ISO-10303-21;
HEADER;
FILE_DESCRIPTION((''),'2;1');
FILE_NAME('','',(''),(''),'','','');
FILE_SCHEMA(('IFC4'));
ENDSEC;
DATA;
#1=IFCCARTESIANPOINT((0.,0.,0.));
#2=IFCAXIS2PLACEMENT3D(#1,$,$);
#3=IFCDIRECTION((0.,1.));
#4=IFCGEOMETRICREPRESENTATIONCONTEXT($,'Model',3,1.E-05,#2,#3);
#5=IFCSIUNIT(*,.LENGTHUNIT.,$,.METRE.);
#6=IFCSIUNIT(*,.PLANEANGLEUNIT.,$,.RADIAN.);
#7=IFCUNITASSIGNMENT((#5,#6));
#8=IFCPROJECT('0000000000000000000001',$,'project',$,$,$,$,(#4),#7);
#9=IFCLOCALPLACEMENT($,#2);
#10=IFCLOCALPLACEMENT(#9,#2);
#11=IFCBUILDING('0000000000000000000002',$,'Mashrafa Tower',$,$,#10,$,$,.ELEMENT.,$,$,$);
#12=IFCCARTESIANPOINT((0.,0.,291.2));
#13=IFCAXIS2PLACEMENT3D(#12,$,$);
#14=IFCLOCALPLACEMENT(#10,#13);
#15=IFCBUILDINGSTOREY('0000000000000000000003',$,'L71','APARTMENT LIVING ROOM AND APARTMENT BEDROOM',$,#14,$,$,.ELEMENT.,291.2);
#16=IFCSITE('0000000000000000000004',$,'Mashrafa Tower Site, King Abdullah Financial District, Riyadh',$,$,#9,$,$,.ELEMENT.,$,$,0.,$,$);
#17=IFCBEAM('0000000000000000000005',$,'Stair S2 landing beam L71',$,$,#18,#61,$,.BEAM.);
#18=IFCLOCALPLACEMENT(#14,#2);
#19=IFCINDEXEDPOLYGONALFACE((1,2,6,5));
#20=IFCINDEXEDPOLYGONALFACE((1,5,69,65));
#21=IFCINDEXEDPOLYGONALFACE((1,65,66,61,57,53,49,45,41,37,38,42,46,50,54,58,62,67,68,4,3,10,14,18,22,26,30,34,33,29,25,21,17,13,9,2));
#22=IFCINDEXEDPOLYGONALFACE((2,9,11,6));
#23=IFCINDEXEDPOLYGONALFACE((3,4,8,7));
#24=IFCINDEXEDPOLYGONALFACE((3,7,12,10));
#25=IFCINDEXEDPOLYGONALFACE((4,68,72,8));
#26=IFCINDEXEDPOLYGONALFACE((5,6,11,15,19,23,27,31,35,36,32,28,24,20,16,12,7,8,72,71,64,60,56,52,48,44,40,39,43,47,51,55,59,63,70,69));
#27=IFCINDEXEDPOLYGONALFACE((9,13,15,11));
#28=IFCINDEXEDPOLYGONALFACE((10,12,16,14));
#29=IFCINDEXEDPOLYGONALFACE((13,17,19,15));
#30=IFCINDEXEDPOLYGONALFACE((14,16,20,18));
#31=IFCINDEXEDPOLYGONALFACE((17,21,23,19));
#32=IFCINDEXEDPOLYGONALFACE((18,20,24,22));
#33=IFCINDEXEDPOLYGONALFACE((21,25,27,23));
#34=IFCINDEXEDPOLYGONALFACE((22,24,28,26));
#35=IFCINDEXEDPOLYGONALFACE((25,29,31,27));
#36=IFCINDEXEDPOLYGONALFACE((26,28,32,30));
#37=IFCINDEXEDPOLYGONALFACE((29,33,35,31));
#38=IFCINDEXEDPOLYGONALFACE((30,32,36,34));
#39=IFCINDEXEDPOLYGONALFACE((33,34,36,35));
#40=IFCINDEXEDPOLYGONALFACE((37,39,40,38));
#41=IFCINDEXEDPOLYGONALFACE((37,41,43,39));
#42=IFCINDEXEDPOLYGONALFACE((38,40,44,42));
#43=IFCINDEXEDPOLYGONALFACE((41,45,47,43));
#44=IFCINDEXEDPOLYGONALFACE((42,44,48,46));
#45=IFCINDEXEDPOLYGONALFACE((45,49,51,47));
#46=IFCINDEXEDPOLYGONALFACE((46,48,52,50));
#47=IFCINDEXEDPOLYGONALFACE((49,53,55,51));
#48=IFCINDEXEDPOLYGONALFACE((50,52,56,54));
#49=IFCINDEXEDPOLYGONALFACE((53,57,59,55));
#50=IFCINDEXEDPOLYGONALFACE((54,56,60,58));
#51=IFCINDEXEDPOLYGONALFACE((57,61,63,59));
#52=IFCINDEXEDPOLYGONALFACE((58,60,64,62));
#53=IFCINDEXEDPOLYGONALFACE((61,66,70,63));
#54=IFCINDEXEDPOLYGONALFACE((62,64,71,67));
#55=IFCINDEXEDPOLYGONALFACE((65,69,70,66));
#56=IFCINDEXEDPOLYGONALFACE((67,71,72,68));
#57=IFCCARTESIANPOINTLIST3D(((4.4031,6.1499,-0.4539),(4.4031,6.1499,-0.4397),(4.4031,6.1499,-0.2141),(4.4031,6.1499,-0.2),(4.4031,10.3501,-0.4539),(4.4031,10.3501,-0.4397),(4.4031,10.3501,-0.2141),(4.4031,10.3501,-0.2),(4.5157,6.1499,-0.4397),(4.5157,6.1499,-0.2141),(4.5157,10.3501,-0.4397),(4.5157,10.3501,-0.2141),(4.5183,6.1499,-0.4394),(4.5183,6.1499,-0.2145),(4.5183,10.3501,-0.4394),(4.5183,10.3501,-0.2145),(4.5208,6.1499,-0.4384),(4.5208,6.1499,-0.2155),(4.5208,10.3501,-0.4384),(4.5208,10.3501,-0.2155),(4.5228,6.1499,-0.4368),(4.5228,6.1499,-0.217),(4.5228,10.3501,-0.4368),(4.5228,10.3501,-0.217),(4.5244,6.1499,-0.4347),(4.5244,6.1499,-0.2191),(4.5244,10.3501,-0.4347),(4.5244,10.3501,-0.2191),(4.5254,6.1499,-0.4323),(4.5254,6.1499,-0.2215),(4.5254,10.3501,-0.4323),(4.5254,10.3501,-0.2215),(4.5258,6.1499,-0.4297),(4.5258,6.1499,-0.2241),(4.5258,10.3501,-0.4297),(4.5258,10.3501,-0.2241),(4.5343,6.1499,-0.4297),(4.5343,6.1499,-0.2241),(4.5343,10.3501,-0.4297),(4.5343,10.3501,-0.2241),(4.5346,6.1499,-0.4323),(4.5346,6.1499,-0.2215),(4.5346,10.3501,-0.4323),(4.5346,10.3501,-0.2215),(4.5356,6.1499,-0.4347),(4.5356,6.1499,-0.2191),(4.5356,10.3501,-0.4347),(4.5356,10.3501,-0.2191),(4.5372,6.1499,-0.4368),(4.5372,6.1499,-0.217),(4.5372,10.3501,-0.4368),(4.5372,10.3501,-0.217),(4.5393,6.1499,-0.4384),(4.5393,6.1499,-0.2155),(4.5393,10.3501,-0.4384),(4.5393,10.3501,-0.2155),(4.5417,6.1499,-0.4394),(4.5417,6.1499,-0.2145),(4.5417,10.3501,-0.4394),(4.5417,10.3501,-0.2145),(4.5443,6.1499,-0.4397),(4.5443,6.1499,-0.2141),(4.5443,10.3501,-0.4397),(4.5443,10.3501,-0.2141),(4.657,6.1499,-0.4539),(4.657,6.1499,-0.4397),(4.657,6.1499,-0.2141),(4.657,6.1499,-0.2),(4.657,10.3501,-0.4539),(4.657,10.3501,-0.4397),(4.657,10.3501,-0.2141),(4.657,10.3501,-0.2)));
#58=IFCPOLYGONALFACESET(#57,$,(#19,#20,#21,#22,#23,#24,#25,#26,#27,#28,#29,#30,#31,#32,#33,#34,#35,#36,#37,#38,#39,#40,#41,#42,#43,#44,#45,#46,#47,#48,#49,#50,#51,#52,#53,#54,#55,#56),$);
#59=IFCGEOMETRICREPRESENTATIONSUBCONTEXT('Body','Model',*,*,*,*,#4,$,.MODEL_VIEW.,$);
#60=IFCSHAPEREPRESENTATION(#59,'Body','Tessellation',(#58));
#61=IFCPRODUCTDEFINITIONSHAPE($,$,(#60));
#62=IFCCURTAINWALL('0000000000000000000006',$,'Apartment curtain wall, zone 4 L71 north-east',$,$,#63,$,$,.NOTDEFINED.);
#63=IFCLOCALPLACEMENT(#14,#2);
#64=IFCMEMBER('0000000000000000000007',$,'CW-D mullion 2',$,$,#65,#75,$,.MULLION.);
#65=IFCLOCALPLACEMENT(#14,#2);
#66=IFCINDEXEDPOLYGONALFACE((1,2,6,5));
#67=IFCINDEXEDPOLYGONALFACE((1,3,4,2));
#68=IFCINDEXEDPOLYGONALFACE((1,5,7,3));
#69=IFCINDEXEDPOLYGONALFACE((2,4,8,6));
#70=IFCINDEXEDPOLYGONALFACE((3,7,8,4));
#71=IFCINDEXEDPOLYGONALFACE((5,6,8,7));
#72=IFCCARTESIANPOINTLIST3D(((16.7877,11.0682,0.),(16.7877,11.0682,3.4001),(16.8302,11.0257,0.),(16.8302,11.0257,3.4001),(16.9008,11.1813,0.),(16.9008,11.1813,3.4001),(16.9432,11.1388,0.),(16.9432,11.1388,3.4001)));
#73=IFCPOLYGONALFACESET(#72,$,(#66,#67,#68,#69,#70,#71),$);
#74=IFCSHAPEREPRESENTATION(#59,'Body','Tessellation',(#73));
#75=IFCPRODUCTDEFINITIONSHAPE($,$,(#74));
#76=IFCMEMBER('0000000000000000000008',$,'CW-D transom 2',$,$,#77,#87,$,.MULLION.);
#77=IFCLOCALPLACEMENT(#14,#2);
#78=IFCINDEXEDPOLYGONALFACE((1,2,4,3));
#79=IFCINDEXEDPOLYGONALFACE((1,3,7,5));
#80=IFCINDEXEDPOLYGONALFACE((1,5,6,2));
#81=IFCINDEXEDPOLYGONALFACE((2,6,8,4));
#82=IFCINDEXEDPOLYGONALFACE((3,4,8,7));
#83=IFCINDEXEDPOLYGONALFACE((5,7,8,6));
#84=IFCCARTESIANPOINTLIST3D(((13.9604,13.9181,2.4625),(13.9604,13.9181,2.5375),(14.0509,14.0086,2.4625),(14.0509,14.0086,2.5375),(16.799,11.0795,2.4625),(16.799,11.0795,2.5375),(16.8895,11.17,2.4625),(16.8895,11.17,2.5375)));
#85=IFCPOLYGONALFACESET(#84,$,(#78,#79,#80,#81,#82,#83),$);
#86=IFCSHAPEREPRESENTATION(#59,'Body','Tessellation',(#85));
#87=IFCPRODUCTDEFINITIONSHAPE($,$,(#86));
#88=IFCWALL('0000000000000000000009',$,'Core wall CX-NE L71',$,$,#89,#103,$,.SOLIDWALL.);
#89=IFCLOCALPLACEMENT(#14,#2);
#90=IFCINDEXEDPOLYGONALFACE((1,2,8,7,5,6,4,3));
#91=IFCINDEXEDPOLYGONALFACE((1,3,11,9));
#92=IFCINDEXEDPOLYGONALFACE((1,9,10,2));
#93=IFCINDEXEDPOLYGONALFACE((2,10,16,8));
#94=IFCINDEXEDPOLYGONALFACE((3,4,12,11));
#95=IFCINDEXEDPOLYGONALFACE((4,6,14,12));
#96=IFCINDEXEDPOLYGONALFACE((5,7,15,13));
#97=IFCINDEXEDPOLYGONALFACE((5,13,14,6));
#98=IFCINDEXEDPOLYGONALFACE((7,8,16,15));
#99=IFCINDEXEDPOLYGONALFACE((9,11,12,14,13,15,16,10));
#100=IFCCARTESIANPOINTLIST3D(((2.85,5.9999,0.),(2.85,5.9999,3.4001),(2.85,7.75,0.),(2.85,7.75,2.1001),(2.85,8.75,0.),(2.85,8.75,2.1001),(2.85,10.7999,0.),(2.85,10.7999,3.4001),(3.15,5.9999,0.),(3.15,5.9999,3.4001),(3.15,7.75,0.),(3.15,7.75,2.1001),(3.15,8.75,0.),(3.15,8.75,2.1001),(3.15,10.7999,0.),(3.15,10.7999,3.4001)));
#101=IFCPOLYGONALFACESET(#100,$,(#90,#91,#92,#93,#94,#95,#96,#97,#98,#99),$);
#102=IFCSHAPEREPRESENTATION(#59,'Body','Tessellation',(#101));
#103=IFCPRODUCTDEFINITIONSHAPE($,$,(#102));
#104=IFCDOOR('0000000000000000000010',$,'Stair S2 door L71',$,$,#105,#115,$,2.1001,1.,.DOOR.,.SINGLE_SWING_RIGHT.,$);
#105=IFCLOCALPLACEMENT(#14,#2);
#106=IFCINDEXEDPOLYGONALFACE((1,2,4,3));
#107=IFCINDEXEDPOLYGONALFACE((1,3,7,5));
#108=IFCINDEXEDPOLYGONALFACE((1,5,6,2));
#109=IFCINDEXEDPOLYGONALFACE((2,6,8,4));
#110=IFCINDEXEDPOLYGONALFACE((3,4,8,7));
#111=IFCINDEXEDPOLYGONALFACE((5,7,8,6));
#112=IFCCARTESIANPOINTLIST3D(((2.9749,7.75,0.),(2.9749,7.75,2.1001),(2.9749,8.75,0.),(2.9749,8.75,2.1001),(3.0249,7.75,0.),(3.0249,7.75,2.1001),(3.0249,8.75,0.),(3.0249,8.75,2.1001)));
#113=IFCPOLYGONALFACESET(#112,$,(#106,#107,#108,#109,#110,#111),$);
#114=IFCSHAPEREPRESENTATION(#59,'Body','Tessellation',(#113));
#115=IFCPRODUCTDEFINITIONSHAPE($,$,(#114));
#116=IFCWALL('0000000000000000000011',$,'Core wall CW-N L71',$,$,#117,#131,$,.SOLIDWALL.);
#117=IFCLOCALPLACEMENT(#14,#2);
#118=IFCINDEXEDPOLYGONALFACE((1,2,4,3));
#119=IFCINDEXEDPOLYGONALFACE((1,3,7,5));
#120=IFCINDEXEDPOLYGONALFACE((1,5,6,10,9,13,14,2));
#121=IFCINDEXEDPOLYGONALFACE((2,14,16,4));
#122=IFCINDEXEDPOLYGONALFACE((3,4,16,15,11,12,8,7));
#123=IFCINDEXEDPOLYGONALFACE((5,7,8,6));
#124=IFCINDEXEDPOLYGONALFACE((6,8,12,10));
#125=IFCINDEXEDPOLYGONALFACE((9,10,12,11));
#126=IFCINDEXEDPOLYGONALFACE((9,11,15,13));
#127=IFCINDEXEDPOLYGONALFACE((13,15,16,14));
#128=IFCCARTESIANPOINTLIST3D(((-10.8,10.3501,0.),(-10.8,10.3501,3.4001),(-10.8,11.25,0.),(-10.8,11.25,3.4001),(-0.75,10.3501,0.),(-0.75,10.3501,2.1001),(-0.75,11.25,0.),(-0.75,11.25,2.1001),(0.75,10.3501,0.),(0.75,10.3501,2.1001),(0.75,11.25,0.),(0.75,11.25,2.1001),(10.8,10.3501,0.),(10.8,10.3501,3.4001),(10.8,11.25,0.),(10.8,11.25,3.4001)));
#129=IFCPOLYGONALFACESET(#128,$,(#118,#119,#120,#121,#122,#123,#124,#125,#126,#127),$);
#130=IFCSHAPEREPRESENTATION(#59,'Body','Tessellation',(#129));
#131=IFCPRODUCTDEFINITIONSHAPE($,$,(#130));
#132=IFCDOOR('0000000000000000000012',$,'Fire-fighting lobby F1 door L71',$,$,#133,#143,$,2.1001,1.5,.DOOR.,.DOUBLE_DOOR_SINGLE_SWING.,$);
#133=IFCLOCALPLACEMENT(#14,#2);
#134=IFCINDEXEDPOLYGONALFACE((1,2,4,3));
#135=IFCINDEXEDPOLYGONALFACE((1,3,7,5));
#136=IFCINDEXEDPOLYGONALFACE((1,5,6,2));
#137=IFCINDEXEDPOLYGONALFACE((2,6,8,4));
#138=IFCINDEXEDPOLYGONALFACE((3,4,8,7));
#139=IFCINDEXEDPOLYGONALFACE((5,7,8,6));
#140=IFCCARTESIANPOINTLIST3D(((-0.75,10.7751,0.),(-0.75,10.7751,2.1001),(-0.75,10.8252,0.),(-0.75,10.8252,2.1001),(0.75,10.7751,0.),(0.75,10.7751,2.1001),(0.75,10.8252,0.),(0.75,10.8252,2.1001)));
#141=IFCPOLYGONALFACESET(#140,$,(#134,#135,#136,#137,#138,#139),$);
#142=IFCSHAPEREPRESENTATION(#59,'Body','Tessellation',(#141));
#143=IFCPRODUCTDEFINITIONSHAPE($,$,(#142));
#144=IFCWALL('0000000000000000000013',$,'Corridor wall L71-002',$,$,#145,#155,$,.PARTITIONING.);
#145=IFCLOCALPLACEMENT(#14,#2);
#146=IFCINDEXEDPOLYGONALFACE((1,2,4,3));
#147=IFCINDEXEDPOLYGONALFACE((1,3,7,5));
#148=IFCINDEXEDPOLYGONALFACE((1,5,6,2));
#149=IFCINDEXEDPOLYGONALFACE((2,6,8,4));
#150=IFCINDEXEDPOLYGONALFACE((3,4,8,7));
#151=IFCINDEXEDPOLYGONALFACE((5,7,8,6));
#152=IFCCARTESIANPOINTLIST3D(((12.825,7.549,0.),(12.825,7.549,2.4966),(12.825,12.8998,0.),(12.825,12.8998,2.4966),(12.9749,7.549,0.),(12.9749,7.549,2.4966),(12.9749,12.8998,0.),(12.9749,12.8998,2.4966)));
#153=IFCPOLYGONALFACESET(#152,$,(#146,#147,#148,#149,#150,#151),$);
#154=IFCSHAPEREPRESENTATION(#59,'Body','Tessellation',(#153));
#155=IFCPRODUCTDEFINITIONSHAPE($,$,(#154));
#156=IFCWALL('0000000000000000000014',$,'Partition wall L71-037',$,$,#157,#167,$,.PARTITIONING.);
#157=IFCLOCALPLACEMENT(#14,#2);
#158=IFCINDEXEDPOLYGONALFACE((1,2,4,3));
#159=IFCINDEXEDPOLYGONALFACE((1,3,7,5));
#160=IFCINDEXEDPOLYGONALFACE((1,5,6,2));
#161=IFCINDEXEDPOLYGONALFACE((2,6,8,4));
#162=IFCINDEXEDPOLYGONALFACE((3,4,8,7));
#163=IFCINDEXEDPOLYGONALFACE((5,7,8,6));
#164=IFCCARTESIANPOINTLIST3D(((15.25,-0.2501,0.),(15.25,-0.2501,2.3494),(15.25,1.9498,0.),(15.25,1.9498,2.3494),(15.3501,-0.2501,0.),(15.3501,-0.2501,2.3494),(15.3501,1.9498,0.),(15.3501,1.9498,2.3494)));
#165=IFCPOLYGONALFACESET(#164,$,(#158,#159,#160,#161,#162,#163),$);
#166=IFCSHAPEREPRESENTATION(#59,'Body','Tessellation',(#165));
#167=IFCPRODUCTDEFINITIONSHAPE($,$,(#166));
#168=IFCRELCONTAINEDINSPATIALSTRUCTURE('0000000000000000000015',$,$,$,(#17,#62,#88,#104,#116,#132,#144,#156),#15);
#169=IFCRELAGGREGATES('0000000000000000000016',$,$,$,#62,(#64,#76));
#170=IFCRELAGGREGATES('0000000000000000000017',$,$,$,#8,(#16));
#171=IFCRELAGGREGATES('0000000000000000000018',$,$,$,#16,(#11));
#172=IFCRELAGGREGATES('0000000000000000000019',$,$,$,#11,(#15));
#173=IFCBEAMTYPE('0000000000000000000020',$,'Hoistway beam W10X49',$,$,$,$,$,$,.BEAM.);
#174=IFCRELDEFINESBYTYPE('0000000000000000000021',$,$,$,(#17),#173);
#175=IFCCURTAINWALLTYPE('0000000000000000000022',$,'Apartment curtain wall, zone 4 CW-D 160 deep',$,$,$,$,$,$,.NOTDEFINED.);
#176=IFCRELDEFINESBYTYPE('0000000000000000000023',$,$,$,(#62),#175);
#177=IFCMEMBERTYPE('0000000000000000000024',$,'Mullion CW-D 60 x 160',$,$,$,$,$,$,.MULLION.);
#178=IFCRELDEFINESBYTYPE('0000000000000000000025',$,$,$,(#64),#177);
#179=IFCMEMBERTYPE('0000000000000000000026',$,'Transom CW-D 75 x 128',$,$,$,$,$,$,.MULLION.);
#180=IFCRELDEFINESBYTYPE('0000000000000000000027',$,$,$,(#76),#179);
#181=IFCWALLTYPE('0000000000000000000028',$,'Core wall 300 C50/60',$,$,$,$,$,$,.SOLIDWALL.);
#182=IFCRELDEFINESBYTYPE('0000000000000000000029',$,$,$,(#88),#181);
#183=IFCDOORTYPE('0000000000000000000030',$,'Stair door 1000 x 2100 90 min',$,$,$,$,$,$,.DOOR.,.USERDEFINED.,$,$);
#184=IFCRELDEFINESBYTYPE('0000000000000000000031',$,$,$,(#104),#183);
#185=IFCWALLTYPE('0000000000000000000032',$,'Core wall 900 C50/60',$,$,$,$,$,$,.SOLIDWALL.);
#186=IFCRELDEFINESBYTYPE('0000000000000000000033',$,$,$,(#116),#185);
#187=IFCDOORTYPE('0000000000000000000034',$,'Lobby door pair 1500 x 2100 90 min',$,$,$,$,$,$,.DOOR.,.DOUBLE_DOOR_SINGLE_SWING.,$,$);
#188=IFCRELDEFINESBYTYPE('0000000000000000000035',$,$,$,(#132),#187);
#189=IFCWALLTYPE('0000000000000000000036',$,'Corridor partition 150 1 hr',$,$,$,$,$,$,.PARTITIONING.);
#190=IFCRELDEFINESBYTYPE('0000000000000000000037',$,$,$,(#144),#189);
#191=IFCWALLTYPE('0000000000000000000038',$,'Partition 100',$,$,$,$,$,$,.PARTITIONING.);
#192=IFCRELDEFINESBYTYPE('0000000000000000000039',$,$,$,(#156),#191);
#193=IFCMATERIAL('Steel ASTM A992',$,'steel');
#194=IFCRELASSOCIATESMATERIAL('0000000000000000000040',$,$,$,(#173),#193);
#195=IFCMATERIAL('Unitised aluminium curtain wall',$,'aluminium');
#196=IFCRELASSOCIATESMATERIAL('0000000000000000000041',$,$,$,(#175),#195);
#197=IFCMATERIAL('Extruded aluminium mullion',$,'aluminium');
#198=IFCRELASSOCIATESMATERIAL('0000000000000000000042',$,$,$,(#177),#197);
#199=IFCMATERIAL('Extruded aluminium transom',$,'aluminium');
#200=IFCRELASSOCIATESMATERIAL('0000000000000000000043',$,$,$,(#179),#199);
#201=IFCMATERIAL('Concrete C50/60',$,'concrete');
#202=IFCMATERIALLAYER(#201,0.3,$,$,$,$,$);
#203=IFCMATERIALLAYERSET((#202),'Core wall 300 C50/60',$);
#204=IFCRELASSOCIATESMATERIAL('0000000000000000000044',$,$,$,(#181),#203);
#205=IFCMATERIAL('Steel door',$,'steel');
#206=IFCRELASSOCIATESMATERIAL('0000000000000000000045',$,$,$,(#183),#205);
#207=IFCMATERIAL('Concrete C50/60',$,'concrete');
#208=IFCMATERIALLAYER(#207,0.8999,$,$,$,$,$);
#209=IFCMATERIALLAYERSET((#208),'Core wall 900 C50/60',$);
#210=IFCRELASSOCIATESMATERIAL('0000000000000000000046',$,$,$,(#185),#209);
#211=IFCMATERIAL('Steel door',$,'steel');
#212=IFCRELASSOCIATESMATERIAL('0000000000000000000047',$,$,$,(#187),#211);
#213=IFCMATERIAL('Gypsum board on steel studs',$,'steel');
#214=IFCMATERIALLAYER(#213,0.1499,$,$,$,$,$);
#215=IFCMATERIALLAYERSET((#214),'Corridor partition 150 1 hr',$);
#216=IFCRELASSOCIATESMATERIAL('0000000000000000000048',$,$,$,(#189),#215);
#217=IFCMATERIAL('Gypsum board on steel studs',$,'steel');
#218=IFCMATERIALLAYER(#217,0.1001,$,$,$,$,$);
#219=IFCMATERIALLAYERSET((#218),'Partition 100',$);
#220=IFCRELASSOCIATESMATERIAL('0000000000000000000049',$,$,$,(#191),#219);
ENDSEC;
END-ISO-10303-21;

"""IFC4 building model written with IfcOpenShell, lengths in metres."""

from ifc_helpers import new_model, si_unit, direction, frame, frame_2d, origin, origin_2d, place, context, subcontext, project, spatial, rectangle, i_section, extrude, source, transform, mapped, material, layer, layer_set, material_profile, profile_set, type_object, type_shapes, element, fill, aggregate, save


model = new_model("IFC4")

# Units and contexts
model_context = context("Model", 3, precision=1e-05, world=origin(), true_north=direction((0.0, 1.0)))
body_context = subcontext(model_context, "Body", "Model", "MODEL_VIEW")
ifc_project = project(units=[si_unit("LENGTHUNIT", "METRE"), si_unit("PLANEANGLEUNIT", "RADIAN")], contexts=[model_context])

# Site, building, storey
site_placement = place(None, origin())
site = spatial("IfcSite", under=ifc_project, at=site_placement, Name="Mashrafa Tower Site, King Abdullah Financial District, Riyadh", CompositionType="ELEMENT", RefElevation=0.0)
building_placement = place(site_placement, origin())
building = spatial("IfcBuilding", under=site, at=building_placement, Name="Mashrafa Tower", CompositionType="ELEMENT")
storey_placement = place(building_placement, frame((0.0, 0.0, 291.2)))
storey = spatial("IfcBuildingStorey", under=building, at=storey_placement, Name="L71", Description="APARTMENT LIVING ROOM AND APARTMENT BEDROOM", CompositionType="ELEMENT", Elevation=291.2)

# Beam
ifc_material_1 = material(Name="Steel ASTM A992", Category="steel")
ifc_material_profile_1 = material_profile(ifc_material_1, i_section(OverallWidth=0.2539, OverallDepth=0.2539, WebThickness=0.0085, FlangeThickness=0.0142, FilletRadius=0.01, at=origin_2d()), Name="W10X49")
ifc_profile_set_1 = profile_set([ifc_material_profile_1], Name="Steel ASTM A992")
beam_type_1 = type_object("IfcBeamType", Name="Hoistway beam W10X49", PredefinedType="BEAM", material=ifc_profile_set_1)
beam_1_placement = place(storey_placement, frame((4.53, 6.1499, -0.3269), z_axis=(0.0, 1.0, 0.0), x_axis=(-1.0, 0.0, 0.0)))
element("IfcBeam", 1, at=beam_1_placement, inside=storey, type_object=beam_type_1, Name="Stair S2 landing beam L71", PredefinedType="BEAM", context=body_context, shape_type="SweptSolid", body=[
    extrude(i_section(OverallWidth=0.2539, OverallDepth=0.2539, WebThickness=0.0085, FlangeThickness=0.0142, FilletRadius=0.01, at=origin_2d()), origin(), (0.0, 0.0, 1.0), 4.2002),
])

# Curtain wall, members
ifc_material_2 = material(Name="Unitised aluminium curtain wall", Category="aluminium")
curtain_wall_type = type_object("IfcCurtainWallType", Name="Apartment curtain wall, zone 4 CW-D 160 deep", PredefinedType="NOTDEFINED", material=ifc_material_2)
curtain_wall_placement = place(storey_placement, origin())
curtain_wall = element("IfcCurtainWall", 2, at=curtain_wall_placement, inside=storey, type_object=curtain_wall_type, Name="Apartment curtain wall, zone 4 L71 north-east", PredefinedType="NOTDEFINED")
ifc_material_3 = material(Name="Extruded aluminium mullion", Category="aluminium")
ifc_material_profile_2 = material_profile(ifc_material_3, rectangle(XDim=0.1599, YDim=0.0601, at=origin_2d()), Name="Mullion 60x160")
ifc_profile_set_2 = profile_set([ifc_material_profile_2], Name="Extruded aluminium mullion")
member_type_1 = type_object("IfcMemberType", Name="Mullion CW-D 60 x 160", PredefinedType="MULLION", material=ifc_profile_set_2)
shared_shape_1 = source(origin(), body_context, "Body", "SweptSolid", [
    extrude(rectangle(XDim=0.1599, YDim=0.0601, at=origin_2d()), origin(), (0.0, 0.0, 1.0), 3.4001),
])
type_shapes(member_type_1, [shared_shape_1])
member_1_placement = place(storey_placement, frame((16.8655, 11.1035, 0.0), z_axis=(0.0, 0.0, 1.0), x_axis=(-0.707107, -0.707107, 0.0)))
member_1 = element("IfcMember", 3, at=member_1_placement, type_object=member_type_1, Name="CW-D mullion 2", PredefinedType="MULLION", context=body_context, shape_type="MappedRepresentation", body=[
    mapped(shared_shape_1, transform((0.0, 0.0, 0.0))),
])
ifc_material_4 = material(Name="Extruded aluminium transom", Category="aluminium")
ifc_material_profile_3 = material_profile(ifc_material_4, rectangle(XDim=0.1279, YDim=0.075, at=origin_2d()), Name="Transom 75x128")
ifc_profile_set_3 = profile_set([ifc_material_profile_3], Name="Extruded aluminium transom")
member_type_2 = type_object("IfcMemberType", Name="Transom CW-D 75 x 128", PredefinedType="MULLION", material=ifc_profile_set_3)
shared_shape_2 = source(origin(), body_context, "Body", "SweptSolid", [
    extrude(rectangle(XDim=0.1279, YDim=0.075, at=origin_2d()), origin(), (0.0, 0.0, 1.0), 4.0144),
])
type_shapes(member_type_2, [shared_shape_2])
member_2_placement = place(storey_placement, frame((16.8442, 11.1248, 2.5), z_axis=(-0.707107, 0.707107, 0.0), x_axis=(-0.707107, -0.707107, 0.0)))
member_2 = element("IfcMember", 4, at=member_2_placement, type_object=member_type_2, Name="CW-D transom 2", PredefinedType="MULLION", context=body_context, shape_type="MappedRepresentation", body=[
    mapped(shared_shape_2, transform((0.0, 0.0, 0.0))),
])
aggregate(curtain_wall, [member_1, member_2])

# Walls, openings, doors
ifc_material_5 = material(Name="Concrete C50/60", Category="concrete")
ifc_layer_1 = layer(ifc_material_5, 0.3)
ifc_layer_set_1 = layer_set([ifc_layer_1], Name="Core wall 300 C50/60")
wall_type_1 = type_object("IfcWallType", Name="Core wall 300 C50/60", PredefinedType="SOLIDWALL", material=ifc_layer_set_1)
wall_1_placement = place(storey_placement, frame((3.0, 6.0, 0.0), z_axis=(0.0, 0.0, 1.0), x_axis=(0.0, 1.0, 0.0)))
wall_1 = element("IfcWall", 5, at=wall_1_placement, inside=storey, type_object=wall_type_1, Name="Core wall CX-NE L71", PredefinedType="SOLIDWALL", context=body_context, shape_type="SweptSolid", body=[
    extrude(rectangle(XDim=4.8, YDim=0.3, at=frame_2d((2.3999, 0.0))), origin(), (0.0, 0.0, 1.0), 3.4001),
])
opening_1_placement = place(wall_1_placement, frame((1.75, 0.0, 0.0)))
opening_1 = element("IfcOpeningElement", 6, at=opening_1_placement, cuts=wall_1, PredefinedType="OPENING", context=body_context, shape_type="SweptSolid", body=[
    extrude(rectangle(XDim=1.0, YDim=2.1001, at=frame_2d((0.5, 1.05))), frame((0.0, 0.1599, 0.0), z_axis=(0.0, -1.0, 0.0), x_axis=(1.0, 0.0, 0.0)), (0.0, 0.0, 1.0), 0.3201),
])
ifc_material_6 = material(Name="Steel door", Category="steel")
door_type_1 = type_object("IfcDoorType", Name="Stair door 1000 x 2100 90 min", OperationType="USERDEFINED", PredefinedType="DOOR", material=ifc_material_6)
door_1_placement = place(opening_1_placement, frame((1.0, 0.0, 0.0), z_axis=(0.0, 0.0, 1.0), x_axis=(-1.0, 0.0, 0.0)))
door_1 = element("IfcDoor", 7, at=door_1_placement, inside=storey, type_object=door_type_1, Name="Stair S2 door L71", OperationType="SINGLE_SWING_RIGHT", OverallHeight=2.1001, OverallWidth=1.0, PredefinedType="DOOR", context=body_context, shape_type="SweptSolid", body=[
    extrude(rectangle(XDim=1.0, YDim=2.1001, at=frame_2d((0.5, 1.05))), frame((0.0, 0.0249, 0.0), z_axis=(0.0, -1.0, 0.0), x_axis=(1.0, 0.0, 0.0)), (0.0, 0.0, 1.0), 0.05),
])
fill(opening_1, door_1)
ifc_material_7 = material(Name="Concrete C50/60", Category="concrete")
ifc_layer_2 = layer(ifc_material_7, 0.8999)
ifc_layer_set_2 = layer_set([ifc_layer_2], Name="Core wall 900 C50/60")
wall_type_2 = type_object("IfcWallType", Name="Core wall 900 C50/60", PredefinedType="SOLIDWALL", material=ifc_layer_set_2)
wall_2_placement = place(storey_placement, frame((10.8, 10.8, 0.0), z_axis=(0.0, 0.0, 1.0), x_axis=(-1.0, 0.0, 0.0)))
wall_2 = element("IfcWall", 8, at=wall_2_placement, inside=storey, type_object=wall_type_2, Name="Core wall CW-N L71", PredefinedType="SOLIDWALL", context=body_context, shape_type="SweptSolid", body=[
    extrude(rectangle(XDim=21.6001, YDim=0.8999, at=frame_2d((10.8, 0.0))), origin(), (0.0, 0.0, 1.0), 3.4001),
])
opening_2_placement = place(wall_2_placement, frame((10.05, 0.0, 0.0)))
opening_2 = element("IfcOpeningElement", 9, at=opening_2_placement, cuts=wall_2, PredefinedType="OPENING", context=body_context, shape_type="SweptSolid", body=[
    extrude(rectangle(XDim=1.5, YDim=2.1001, at=frame_2d((0.75, 1.05))), frame((0.0, 0.46, 0.0), z_axis=(0.0, -1.0, 0.0), x_axis=(1.0, 0.0, 0.0)), (0.0, 0.0, 1.0), 0.9199),
])
ifc_material_8 = material(Name="Steel door", Category="steel")
door_type_2 = type_object("IfcDoorType", Name="Lobby door pair 1500 x 2100 90 min", OperationType="DOUBLE_DOOR_SINGLE_SWING", PredefinedType="DOOR", material=ifc_material_8)
door_2_placement = place(opening_2_placement, origin())
door_2 = element("IfcDoor", 10, at=door_2_placement, inside=storey, type_object=door_type_2, Name="Fire-fighting lobby F1 door L71", OperationType="DOUBLE_DOOR_SINGLE_SWING", OverallHeight=2.1001, OverallWidth=1.5, PredefinedType="DOOR", context=body_context, shape_type="SweptSolid", body=[
    extrude(rectangle(XDim=1.5, YDim=2.1001, at=frame_2d((0.75, 1.05))), frame((0.0, 0.0249, 0.0), z_axis=(0.0, -1.0, 0.0), x_axis=(1.0, 0.0, 0.0)), (0.0, 0.0, 1.0), 0.05),
])
fill(opening_2, door_2)

# Walls
ifc_material_9 = material(Name="Gypsum board on steel studs", Category="steel")
ifc_layer_3 = layer(ifc_material_9, 0.1499)
ifc_layer_set_3 = layer_set([ifc_layer_3], Name="Corridor partition 150 1 hr")
wall_type_3 = type_object("IfcWallType", Name="Corridor partition 150 1 hr", PredefinedType="PARTITIONING", material=ifc_layer_set_3)
wall_3_placement = place(storey_placement, frame((12.8999, 7.5491, 0.0), z_axis=(0.0, 0.0, 1.0), x_axis=(0.0, 1.0, 0.0)))
element("IfcWall", 11, at=wall_3_placement, inside=storey, type_object=wall_type_3, Name="Corridor wall L71-002", PredefinedType="PARTITIONING", context=body_context, shape_type="SweptSolid", body=[
    extrude(rectangle(XDim=5.3508, YDim=0.1499, at=frame_2d((2.6753, 0.0))), origin(), (0.0, 0.0, 1.0), 2.4966),
])
ifc_material_10 = material(Name="Gypsum board on steel studs", Category="steel")
ifc_layer_4 = layer(ifc_material_10, 0.1001)
ifc_layer_set_4 = layer_set([ifc_layer_4], Name="Partition 100")
wall_type_4 = type_object("IfcWallType", Name="Partition 100", PredefinedType="PARTITIONING", material=ifc_layer_set_4)
wall_4_placement = place(storey_placement, frame((15.3, 1.95, 0.0), z_axis=(0.0, 0.0, 1.0), x_axis=(0.0, -1.0, 0.0)))
element("IfcWall", 12, at=wall_4_placement, inside=storey, type_object=wall_type_4, Name="Partition wall L71-037", PredefinedType="PARTITIONING", context=body_context, shape_type="SweptSolid", body=[
    extrude(rectangle(XDim=2.2, YDim=0.1001, at=frame_2d((1.1001, 0.0))), origin(), (0.0, 0.0, 1.0), 2.3494),
])

save(model, "model.ifc")
